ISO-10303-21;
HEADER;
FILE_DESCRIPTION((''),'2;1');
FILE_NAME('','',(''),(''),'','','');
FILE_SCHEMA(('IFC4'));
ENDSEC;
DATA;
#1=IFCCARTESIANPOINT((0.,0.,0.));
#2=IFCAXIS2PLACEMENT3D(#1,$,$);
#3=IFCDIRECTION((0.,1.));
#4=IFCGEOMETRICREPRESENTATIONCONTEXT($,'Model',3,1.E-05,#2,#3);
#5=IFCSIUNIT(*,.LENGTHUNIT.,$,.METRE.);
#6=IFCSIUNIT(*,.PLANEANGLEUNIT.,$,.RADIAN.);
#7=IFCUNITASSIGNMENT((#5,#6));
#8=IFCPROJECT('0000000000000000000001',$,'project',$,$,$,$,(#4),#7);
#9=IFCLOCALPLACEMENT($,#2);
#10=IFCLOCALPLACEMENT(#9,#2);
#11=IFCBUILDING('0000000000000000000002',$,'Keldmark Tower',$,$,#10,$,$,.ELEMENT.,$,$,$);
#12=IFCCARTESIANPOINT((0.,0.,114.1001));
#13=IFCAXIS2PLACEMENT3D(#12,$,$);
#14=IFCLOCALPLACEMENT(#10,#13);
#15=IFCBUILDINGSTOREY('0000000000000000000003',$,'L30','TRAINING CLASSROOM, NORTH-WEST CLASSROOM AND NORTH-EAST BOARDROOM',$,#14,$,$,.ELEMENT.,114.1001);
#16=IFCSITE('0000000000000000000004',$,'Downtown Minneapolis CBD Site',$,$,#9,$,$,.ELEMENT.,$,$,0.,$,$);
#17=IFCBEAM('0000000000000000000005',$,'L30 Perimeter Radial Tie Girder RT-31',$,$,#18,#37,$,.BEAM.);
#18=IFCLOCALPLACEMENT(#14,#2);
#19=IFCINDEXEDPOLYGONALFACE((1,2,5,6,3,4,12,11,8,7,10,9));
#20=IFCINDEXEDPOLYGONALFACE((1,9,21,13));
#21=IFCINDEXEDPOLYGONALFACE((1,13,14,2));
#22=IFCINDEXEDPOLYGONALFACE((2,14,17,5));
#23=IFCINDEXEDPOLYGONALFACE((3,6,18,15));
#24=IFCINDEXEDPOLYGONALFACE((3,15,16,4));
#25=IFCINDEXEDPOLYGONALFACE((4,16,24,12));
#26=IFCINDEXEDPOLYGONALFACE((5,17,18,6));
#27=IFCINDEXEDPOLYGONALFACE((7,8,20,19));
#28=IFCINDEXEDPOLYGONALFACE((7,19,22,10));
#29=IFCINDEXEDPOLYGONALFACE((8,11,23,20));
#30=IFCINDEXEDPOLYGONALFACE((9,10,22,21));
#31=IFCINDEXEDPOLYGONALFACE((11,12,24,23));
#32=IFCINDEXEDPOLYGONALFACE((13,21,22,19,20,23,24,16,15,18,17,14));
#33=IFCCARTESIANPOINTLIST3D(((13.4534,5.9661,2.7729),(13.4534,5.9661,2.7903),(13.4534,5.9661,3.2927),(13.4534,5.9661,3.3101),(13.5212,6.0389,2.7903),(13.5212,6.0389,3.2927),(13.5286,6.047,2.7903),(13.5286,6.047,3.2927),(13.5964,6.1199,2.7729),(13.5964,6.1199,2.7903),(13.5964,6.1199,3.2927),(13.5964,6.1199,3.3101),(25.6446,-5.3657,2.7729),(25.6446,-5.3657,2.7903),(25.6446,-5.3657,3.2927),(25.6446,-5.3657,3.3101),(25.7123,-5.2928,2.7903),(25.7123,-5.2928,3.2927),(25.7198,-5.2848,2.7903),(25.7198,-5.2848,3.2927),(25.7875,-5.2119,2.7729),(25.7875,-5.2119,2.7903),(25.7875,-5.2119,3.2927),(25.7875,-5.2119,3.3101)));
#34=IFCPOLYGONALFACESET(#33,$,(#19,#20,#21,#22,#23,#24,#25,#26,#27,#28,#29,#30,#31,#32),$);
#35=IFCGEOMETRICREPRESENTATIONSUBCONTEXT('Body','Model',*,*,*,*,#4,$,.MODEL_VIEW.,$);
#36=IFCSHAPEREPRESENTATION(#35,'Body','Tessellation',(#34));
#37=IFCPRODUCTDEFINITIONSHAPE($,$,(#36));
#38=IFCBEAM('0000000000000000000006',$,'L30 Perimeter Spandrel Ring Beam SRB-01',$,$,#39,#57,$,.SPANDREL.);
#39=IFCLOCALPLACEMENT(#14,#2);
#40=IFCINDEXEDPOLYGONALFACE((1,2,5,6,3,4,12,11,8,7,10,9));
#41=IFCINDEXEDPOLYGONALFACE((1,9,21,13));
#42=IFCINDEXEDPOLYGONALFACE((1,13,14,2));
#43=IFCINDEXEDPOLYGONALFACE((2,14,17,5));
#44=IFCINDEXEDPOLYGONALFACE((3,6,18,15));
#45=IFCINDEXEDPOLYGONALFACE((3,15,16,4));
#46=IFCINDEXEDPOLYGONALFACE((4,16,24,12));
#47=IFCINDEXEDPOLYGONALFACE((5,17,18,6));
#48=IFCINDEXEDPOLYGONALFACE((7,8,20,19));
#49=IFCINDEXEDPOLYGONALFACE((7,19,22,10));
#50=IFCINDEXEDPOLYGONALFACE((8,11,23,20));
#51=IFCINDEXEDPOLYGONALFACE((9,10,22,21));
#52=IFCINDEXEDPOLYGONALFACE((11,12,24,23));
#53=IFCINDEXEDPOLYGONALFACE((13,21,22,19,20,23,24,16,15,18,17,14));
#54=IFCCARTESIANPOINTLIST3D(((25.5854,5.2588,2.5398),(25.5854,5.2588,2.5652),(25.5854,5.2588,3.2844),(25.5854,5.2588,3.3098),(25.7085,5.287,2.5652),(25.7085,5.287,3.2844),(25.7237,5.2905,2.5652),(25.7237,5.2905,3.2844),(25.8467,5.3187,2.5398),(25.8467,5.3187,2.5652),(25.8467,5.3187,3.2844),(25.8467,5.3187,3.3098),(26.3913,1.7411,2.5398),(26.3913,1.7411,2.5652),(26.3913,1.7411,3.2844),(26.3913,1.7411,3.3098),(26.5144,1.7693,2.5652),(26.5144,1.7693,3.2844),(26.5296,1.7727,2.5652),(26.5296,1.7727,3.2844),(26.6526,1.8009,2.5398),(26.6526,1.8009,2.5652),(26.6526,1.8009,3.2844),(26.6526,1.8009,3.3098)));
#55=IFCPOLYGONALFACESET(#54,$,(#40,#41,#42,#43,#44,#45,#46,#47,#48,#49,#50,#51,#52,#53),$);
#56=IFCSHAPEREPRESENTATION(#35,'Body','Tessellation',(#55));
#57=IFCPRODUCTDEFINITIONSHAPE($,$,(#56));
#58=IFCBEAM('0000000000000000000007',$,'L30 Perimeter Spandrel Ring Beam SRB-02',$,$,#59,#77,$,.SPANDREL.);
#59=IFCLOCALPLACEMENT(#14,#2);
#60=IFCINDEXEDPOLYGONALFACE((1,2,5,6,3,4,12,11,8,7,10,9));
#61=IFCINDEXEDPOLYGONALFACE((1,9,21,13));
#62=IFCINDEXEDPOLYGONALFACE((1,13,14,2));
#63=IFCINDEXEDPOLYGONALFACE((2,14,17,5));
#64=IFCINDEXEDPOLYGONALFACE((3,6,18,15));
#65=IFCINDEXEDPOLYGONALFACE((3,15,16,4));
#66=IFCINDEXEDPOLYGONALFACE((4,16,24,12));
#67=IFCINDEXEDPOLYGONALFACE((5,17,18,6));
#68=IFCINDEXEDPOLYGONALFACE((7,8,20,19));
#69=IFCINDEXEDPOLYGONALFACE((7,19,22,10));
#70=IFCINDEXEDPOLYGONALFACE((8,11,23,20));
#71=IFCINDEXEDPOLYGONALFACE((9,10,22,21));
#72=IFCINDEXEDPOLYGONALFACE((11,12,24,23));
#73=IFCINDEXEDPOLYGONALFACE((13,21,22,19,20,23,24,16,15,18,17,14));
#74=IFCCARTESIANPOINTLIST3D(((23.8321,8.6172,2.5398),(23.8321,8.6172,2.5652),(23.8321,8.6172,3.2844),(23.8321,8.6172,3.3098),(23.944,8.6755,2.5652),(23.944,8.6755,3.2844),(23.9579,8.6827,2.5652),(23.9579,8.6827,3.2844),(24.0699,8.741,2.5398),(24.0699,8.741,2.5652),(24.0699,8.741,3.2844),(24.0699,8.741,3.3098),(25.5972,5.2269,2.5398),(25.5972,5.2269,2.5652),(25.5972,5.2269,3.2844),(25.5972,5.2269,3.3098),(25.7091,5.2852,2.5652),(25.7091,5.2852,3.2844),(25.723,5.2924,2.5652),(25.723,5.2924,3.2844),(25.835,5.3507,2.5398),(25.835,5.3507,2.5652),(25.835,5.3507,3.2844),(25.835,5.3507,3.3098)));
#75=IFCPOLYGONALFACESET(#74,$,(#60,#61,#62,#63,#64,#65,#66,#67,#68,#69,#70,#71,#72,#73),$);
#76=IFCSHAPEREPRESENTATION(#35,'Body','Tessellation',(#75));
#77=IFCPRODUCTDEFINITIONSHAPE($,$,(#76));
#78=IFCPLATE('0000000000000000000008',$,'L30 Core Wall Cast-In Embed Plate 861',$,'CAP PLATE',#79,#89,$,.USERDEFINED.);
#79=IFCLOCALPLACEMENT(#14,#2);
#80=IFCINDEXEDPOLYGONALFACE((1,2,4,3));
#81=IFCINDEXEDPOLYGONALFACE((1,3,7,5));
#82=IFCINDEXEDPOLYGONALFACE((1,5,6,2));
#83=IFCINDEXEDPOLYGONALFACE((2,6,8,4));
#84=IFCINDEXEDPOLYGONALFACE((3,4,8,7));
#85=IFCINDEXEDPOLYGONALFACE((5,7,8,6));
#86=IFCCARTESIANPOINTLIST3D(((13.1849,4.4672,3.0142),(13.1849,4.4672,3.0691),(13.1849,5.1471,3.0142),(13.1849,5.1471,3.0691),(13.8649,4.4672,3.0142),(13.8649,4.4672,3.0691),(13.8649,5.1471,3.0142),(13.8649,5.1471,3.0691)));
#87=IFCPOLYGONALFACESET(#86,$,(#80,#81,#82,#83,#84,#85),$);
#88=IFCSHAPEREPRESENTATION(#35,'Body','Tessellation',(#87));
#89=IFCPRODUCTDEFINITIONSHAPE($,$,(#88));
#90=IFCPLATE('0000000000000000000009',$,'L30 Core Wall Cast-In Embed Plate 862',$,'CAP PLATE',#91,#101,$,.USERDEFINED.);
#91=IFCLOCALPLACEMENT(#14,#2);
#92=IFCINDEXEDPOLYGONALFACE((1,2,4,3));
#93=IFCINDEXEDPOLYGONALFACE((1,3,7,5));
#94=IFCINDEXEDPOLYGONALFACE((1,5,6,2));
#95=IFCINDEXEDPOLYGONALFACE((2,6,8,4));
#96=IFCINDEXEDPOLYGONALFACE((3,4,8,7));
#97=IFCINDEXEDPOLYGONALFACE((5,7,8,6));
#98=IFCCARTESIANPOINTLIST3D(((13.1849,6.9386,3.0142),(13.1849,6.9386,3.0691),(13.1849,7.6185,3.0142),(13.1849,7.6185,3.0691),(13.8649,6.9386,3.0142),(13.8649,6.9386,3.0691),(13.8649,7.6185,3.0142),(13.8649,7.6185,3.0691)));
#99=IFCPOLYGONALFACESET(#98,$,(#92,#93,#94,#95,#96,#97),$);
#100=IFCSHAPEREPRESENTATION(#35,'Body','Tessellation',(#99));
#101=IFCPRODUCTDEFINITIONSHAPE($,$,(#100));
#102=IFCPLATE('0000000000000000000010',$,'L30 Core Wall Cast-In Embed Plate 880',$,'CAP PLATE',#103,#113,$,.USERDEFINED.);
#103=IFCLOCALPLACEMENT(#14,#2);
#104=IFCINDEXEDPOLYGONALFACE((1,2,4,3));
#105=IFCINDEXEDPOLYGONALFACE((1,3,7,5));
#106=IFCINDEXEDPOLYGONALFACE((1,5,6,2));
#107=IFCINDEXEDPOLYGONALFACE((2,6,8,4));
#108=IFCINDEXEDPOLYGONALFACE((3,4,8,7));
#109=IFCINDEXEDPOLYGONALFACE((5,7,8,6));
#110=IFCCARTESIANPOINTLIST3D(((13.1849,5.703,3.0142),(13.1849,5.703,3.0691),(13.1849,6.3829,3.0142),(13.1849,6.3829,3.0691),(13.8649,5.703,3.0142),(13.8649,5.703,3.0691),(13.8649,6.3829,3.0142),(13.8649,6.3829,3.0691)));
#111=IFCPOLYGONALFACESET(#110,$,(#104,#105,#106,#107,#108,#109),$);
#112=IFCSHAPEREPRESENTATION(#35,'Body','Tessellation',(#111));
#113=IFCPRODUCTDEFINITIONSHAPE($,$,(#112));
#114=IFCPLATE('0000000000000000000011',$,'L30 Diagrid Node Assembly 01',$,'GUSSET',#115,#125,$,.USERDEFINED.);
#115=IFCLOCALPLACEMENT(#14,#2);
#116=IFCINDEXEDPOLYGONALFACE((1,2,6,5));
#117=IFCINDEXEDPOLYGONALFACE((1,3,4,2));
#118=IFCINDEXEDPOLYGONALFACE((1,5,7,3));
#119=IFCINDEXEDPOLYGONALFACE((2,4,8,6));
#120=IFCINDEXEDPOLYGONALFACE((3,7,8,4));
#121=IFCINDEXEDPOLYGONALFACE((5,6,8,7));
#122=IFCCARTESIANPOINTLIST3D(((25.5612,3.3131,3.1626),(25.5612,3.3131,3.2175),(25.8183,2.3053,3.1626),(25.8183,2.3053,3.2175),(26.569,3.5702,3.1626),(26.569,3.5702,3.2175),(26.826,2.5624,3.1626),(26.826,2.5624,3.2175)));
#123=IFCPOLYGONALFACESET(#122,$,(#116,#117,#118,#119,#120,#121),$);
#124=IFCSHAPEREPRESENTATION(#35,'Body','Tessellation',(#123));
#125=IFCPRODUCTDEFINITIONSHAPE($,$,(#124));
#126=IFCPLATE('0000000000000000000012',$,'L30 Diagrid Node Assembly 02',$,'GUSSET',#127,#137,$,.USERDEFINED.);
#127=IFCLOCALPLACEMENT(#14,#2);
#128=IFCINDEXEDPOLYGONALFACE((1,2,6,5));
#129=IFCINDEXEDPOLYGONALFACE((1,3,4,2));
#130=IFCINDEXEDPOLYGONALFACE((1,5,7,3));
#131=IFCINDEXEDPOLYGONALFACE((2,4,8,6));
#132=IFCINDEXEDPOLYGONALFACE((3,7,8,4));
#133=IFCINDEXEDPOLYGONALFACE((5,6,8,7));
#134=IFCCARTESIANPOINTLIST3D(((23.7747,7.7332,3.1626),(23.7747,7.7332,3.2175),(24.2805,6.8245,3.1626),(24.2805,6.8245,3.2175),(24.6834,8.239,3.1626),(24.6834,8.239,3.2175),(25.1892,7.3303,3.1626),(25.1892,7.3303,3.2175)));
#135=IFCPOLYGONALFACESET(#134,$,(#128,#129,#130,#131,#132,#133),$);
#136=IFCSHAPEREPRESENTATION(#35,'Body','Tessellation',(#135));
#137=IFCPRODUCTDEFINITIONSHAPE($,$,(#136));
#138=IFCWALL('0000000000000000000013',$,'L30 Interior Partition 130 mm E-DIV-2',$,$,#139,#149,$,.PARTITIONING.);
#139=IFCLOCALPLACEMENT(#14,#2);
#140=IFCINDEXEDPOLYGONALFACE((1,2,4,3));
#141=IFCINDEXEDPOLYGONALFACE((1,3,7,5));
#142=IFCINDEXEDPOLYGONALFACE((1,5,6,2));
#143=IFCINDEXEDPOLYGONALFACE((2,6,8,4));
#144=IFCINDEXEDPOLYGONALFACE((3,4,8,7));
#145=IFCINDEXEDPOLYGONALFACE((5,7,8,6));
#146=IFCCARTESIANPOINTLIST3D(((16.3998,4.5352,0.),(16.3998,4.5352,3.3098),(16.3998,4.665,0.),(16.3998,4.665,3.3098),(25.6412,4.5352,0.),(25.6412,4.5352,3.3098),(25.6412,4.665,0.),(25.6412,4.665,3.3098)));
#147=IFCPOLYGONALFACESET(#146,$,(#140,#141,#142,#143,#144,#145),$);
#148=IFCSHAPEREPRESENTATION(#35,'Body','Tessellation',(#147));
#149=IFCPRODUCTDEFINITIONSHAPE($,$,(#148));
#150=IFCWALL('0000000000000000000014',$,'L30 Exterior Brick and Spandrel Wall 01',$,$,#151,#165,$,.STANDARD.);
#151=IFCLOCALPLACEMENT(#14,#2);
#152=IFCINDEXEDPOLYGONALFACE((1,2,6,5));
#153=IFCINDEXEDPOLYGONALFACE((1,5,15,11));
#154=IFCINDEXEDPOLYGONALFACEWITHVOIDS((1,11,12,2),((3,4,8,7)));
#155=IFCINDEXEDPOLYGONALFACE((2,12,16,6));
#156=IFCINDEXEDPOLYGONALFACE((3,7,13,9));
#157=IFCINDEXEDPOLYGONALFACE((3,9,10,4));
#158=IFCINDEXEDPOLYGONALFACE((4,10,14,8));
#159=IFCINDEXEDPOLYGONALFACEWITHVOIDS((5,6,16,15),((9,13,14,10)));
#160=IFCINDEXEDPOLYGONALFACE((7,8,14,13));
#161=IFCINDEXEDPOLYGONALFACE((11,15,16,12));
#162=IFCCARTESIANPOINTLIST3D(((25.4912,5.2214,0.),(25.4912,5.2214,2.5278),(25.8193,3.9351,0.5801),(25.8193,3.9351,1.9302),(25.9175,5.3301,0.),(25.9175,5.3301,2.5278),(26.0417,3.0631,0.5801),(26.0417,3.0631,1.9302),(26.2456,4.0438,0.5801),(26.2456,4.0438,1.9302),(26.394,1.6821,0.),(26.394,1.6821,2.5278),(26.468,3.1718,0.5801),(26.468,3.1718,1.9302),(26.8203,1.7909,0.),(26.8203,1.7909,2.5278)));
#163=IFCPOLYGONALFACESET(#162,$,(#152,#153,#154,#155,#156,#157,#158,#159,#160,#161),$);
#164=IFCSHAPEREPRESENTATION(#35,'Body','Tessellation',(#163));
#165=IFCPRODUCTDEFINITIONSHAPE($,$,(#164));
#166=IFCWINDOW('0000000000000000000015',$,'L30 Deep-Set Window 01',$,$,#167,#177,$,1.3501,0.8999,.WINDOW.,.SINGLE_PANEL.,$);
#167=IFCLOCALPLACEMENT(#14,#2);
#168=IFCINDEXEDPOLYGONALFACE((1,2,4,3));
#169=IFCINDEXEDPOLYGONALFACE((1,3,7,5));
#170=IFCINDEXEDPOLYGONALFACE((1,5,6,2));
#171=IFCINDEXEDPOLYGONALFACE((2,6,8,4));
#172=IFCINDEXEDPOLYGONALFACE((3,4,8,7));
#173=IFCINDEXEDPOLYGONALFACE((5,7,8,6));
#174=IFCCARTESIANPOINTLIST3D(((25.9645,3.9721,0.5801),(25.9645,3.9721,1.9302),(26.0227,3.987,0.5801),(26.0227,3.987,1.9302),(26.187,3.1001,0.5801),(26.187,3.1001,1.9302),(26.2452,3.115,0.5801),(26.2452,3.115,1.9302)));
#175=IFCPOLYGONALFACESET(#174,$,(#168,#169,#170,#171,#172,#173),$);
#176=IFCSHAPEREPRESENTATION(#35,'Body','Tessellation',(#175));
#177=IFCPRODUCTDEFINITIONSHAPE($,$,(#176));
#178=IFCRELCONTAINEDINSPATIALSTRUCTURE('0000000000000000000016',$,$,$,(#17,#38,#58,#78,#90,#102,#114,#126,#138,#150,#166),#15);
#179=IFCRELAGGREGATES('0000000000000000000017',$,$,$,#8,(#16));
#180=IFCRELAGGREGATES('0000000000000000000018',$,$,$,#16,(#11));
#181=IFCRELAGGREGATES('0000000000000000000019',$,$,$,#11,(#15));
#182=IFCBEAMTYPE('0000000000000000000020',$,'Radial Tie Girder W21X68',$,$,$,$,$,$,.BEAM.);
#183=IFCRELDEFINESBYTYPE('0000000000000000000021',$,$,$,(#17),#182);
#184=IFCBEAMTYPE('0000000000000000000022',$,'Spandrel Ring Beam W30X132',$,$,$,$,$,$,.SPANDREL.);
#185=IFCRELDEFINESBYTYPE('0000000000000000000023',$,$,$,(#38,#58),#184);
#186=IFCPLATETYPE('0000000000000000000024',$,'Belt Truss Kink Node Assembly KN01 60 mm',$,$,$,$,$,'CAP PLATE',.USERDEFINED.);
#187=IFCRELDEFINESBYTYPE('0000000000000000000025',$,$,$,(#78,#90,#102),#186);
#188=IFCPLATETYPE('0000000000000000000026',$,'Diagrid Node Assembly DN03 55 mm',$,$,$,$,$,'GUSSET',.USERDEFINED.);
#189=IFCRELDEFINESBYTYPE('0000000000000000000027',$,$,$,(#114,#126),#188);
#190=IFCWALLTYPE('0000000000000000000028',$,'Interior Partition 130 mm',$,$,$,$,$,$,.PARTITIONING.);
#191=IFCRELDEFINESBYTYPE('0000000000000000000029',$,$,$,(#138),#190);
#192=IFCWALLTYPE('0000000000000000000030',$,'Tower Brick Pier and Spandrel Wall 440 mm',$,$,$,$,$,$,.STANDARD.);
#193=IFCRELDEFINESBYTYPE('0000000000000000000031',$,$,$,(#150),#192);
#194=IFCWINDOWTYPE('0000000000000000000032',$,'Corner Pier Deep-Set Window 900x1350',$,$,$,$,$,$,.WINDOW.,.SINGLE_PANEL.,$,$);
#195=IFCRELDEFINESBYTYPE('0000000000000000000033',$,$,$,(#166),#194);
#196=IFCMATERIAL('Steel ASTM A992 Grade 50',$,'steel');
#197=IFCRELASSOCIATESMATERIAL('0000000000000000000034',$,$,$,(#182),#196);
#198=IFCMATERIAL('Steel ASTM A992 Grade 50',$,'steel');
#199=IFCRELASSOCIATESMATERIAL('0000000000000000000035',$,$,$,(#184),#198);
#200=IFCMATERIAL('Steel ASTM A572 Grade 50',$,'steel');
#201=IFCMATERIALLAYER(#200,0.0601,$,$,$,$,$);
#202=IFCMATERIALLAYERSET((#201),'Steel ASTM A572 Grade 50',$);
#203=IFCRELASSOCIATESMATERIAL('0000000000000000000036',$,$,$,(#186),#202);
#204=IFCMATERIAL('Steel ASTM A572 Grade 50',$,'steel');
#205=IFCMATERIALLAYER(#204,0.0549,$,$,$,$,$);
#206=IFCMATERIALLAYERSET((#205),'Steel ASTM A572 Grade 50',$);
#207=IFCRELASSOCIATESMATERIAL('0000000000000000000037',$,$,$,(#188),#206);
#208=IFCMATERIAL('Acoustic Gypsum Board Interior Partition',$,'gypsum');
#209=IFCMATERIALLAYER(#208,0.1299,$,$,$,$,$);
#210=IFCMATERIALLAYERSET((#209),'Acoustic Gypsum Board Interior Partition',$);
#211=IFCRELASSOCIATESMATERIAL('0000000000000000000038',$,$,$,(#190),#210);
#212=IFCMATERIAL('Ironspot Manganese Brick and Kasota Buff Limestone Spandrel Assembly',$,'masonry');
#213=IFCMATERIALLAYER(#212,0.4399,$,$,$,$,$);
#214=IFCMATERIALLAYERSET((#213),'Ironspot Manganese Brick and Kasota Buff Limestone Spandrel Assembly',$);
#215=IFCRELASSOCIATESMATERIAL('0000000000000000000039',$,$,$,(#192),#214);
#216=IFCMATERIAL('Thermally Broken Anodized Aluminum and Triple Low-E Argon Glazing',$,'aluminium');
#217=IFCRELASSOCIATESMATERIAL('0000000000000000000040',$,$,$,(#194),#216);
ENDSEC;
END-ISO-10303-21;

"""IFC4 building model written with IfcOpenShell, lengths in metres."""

from ifc_helpers import new_model, si_unit, direction, frame, frame_2d, origin, origin_2d, place, context, subcontext, project, spatial, rectangle, i_section, extrude, material, layer, layer_set, material_profile, profile_set, type_object, element, fill, save


model = new_model("IFC4")

# Units and contexts
model_context = context("Model", 3, precision=1e-05, world=origin(), true_north=direction((0.0, 1.0)))
body_context = subcontext(model_context, "Body", "Model", "MODEL_VIEW")
ifc_project = project(units=[si_unit("LENGTHUNIT", "METRE"), si_unit("PLANEANGLEUNIT", "RADIAN")], contexts=[model_context])

# Site, building, storey
site_placement = place(None, origin())
site = spatial("IfcSite", under=ifc_project, at=site_placement, Name="Downtown Minneapolis CBD Site", CompositionType="ELEMENT", RefElevation=0.0)
building_placement = place(site_placement, origin())
building = spatial("IfcBuilding", under=site, at=building_placement, Name="Keldmark Tower", CompositionType="ELEMENT")
storey_placement = place(building_placement, frame((0.0, 0.0, 114.1001)))
storey = spatial("IfcBuildingStorey", under=building, at=storey_placement, Name="L30", Description="TRAINING CLASSROOM, NORTH-WEST CLASSROOM AND NORTH-EAST BOARDROOM", CompositionType="ELEMENT", Elevation=114.1001)

# Beams
ifc_material_1 = material(Name="Steel ASTM A992 Grade 50", Category="steel")
ifc_material_profile_1 = material_profile(ifc_material_1, i_section(OverallWidth=0.21, OverallDepth=0.5371, WebThickness=0.011, FlangeThickness=0.0173, at=origin_2d()), Name="W21X68")
ifc_profile_set_1 = profile_set([ifc_material_profile_1], Name="Steel ASTM A992 Grade 50")
beam_type_1 = type_object("IfcBeamType", Name="Radial Tie Girder W21X68", PredefinedType="BEAM", material=ifc_profile_set_1)
beam_1_placement = place(storey_placement, frame((13.5249, 6.043, 3.0415), z_axis=(0.732451, -0.68082, 0.0), x_axis=(0.68082, 0.732451, 0.0)))
element("IfcBeam", 1, at=beam_1_placement, inside=storey, type_object=beam_type_1, Name="L30 Perimeter Radial Tie Girder RT-31", PredefinedType="BEAM", context=body_context, shape_type="SweptSolid", body=[
    extrude(i_section(OverallWidth=0.21, OverallDepth=0.5371, WebThickness=0.011, FlangeThickness=0.0173, at=origin_2d()), origin(), (0.0, 0.0, 1.0), 16.6443),
])
ifc_material_2 = material(Name="Steel ASTM A992 Grade 50", Category="steel")
ifc_material_profile_2 = material_profile(ifc_material_2, i_section(OverallWidth=0.2681, OverallDepth=0.77, WebThickness=0.0156, FlangeThickness=0.0254, at=origin_2d()), Name="W30X132")
ifc_profile_set_2 = profile_set([ifc_material_profile_2], Name="Steel ASTM A992 Grade 50")
beam_type_2 = type_object("IfcBeamType", Name="Spandrel Ring Beam W30X132", PredefinedType="SPANDREL", material=ifc_profile_set_2)
beam_2_placement = place(storey_placement, frame((26.522, 1.771, 2.9248), z_axis=(-0.223308, 0.974748, 0.0), x_axis=(-0.974748, -0.223308, 0.0)))
element("IfcBeam", 2, at=beam_2_placement, inside=storey, type_object=beam_type_2, Name="L30 Perimeter Spandrel Ring Beam SRB-01", PredefinedType="SPANDREL", context=body_context, shape_type="SweptSolid", body=[
    extrude(i_section(OverallWidth=0.2681, OverallDepth=0.77, WebThickness=0.0156, FlangeThickness=0.0254, at=origin_2d()), origin(), (0.0, 0.0, 1.0), 3.6089),
])
beam_3_placement = place(storey_placement, frame((25.7161, 5.2888, 2.9248), z_axis=(-0.461793, 0.886988, 0.0), x_axis=(-0.886988, -0.461793, 0.0)))
element("IfcBeam", 3, at=beam_3_placement, inside=storey, type_object=beam_type_2, Name="L30 Perimeter Spandrel Ring Beam SRB-02", PredefinedType="SPANDREL", context=body_context, shape_type="SweptSolid", body=[
    extrude(i_section(OverallWidth=0.2681, OverallDepth=0.77, WebThickness=0.0156, FlangeThickness=0.0254, at=origin_2d()), origin(), (0.0, 0.0, 1.0), 3.8223),
])

# Plates
ifc_material_3 = material(Name="Steel ASTM A572 Grade 50", Category="steel")
ifc_layer_1 = layer(ifc_material_3, 0.0601)
ifc_layer_set_1 = layer_set([ifc_layer_1], Name="Steel ASTM A572 Grade 50")
plate_type_1 = type_object("IfcPlateType", Name="Belt Truss Kink Node Assembly KN01 60 mm", ElementType="CAP PLATE", PredefinedType="USERDEFINED", material=ifc_layer_set_1)
for number, where, z_axis, x_axis, name in (
    (4, (13.5249, 4.8071, 3.0142), (0.0, 0.0, 1.0), (1.0, 0.0, 0.0), "L30 Core Wall Cast-In Embed Plate 861"),
    (5, (13.5249, 7.2786, 3.0142), (0.0, 0.0, 1.0), (1.0, 0.0, 0.0), "L30 Core Wall Cast-In Embed Plate 862"),
    (6, (13.5249, 6.043, 3.0142), (0.0, 0.0, 1.0), (1.0, 0.0, 0.0), "L30 Core Wall Cast-In Embed Plate 880"),
):
    element("IfcPlate", number, at=place(storey_placement, frame(where, z_axis=z_axis, x_axis=x_axis)), inside=storey, type_object=plate_type_1, Name=name, ObjectType="CAP PLATE", PredefinedType="USERDEFINED", context=body_context, shape_type="SweptSolid", body=[
        extrude(rectangle(XDim=0.6799, YDim=0.6799, at=origin_2d()), origin(), (0.0, 0.0, 1.0), 0.0549),
    ])
ifc_material_4 = material(Name="Steel ASTM A572 Grade 50", Category="steel")
ifc_layer_2 = layer(ifc_material_4, 0.0549)
ifc_layer_set_2 = layer_set([ifc_layer_2], Name="Steel ASTM A572 Grade 50")
plate_type_2 = type_object("IfcPlateType", Name="Diagrid Node Assembly DN03 55 mm", ElementType="GUSSET", PredefinedType="USERDEFINED", material=ifc_layer_set_2)
for number, where, z_axis, x_axis, name in (
    (7, (26.1936, 2.9377, 3.1626), (0.0, 0.0, 1.0), (-0.247168, 0.968973, 0.0), "L30 Diagrid Node Assembly 01"),
    (8, (24.4819, 7.5317, 3.1626), (0.0, 0.0, 1.0), (-0.486335, 0.873772, 0.0), "L30 Diagrid Node Assembly 02"),
):
    element("IfcPlate", number, at=place(storey_placement, frame(where, z_axis=z_axis, x_axis=x_axis)), inside=storey, type_object=plate_type_2, Name=name, ObjectType="GUSSET", PredefinedType="USERDEFINED", context=body_context, shape_type="SweptSolid", body=[
        extrude(rectangle(XDim=1.04, YDim=1.04, at=origin_2d()), origin(), (0.0, 0.0, 1.0), 0.0549),
    ])

# Wall
ifc_material_5 = material(Name="Acoustic Gypsum Board Interior Partition", Category="gypsum")
ifc_layer_3 = layer(ifc_material_5, 0.1299)
ifc_layer_set_3 = layer_set([ifc_layer_3], Name="Acoustic Gypsum Board Interior Partition")
wall_type_1 = type_object("IfcWallType", Name="Interior Partition 130 mm", PredefinedType="PARTITIONING", material=ifc_layer_set_3)
wall_1_placement = place(storey_placement, frame((16.3999, 4.6001, 0.0), z_axis=(0.0, 0.0, 1.0), x_axis=(1.0, 0.0, 0.0)))
element("IfcWall", 9, at=wall_1_placement, inside=storey, type_object=wall_type_1, Name="L30 Interior Partition 130 mm E-DIV-2", PredefinedType="PARTITIONING", context=body_context, shape_type="SweptSolid", body=[
    extrude(rectangle(XDim=9.2415, YDim=0.1299, at=frame_2d((4.6206, 0.0))), origin(), (0.0, 0.0, 1.0), 3.3098),
])

# Wall, opening, window
ifc_material_6 = material(Name="Ironspot Manganese Brick and Kasota Buff Limestone Spandrel Assembly", Category="masonry")
ifc_layer_4 = layer(ifc_material_6, 0.4399)
ifc_layer_set_4 = layer_set([ifc_layer_4], Name="Ironspot Manganese Brick and Kasota Buff Limestone Spandrel Assembly")
wall_type_2 = type_object("IfcWallType", Name="Tower Brick Pier and Spandrel Wall 440 mm", PredefinedType="STANDARD", material=ifc_layer_set_4)
wall_2_placement = place(storey_placement, frame((25.7043, 5.2756, 0.0), z_axis=(0.0, 0.0, 1.0), x_axis=(0.247172, -0.968972, 0.0)))
wall_2 = element("IfcWall", 10, at=wall_2_placement, inside=storey, type_object=wall_type_2, Name="L30 Exterior Brick and Spandrel Wall 01", PredefinedType="STANDARD", context=body_context, shape_type="SweptSolid", body=[
    extrude(rectangle(XDim=3.6526, YDim=0.4399, at=frame_2d((1.8262, 0.0))), origin(), (0.0, 0.0, 1.0), 2.5278),
])
opening_1_placement = place(wall_2_placement, frame((1.3274, 0.0, 0.5801)))
opening_1 = element("IfcOpeningElement", 11, at=opening_1_placement, cuts=wall_2, PredefinedType="OPENING", context=body_context, shape_type="SweptSolid", body=[
    extrude(rectangle(XDim=0.8999, YDim=1.3501, at=frame_2d((0.45, 0.675))), frame((0.0, 0.23, 0.0), z_axis=(0.0, -1.0, 0.0), x_axis=(1.0, 0.0, 0.0)), (0.0, 0.0, 1.0), 0.46),
])
ifc_material_7 = material(Name="Thermally Broken Anodized Aluminum and Triple Low-E Argon Glazing", Category="aluminium")
window_type_1 = type_object("IfcWindowType", Name="Corner Pier Deep-Set Window 900x1350", PartitioningType="SINGLE_PANEL", PredefinedType="WINDOW", material=ifc_material_7)
window_1_placement = place(opening_1_placement, origin())
window_1 = element("IfcWindow", 12, at=window_1_placement, inside=storey, type_object=window_type_1, Name="L30 Deep-Set Window 01", OverallHeight=1.3501, OverallWidth=0.8999, PartitioningType="SINGLE_PANEL", PredefinedType="WINDOW", context=body_context, shape_type="SweptSolid", body=[
    extrude(rectangle(XDim=0.8999, YDim=1.3501, at=frame_2d((0.45, 0.675))), frame((0.0, -0.01, 0.0), z_axis=(0.0, -1.0, 0.0), x_axis=(1.0, 0.0, 0.0)), (0.0, 0.0, 1.0), 0.0601),
])
fill(opening_1, window_1)

save(model, "model.ifc")
